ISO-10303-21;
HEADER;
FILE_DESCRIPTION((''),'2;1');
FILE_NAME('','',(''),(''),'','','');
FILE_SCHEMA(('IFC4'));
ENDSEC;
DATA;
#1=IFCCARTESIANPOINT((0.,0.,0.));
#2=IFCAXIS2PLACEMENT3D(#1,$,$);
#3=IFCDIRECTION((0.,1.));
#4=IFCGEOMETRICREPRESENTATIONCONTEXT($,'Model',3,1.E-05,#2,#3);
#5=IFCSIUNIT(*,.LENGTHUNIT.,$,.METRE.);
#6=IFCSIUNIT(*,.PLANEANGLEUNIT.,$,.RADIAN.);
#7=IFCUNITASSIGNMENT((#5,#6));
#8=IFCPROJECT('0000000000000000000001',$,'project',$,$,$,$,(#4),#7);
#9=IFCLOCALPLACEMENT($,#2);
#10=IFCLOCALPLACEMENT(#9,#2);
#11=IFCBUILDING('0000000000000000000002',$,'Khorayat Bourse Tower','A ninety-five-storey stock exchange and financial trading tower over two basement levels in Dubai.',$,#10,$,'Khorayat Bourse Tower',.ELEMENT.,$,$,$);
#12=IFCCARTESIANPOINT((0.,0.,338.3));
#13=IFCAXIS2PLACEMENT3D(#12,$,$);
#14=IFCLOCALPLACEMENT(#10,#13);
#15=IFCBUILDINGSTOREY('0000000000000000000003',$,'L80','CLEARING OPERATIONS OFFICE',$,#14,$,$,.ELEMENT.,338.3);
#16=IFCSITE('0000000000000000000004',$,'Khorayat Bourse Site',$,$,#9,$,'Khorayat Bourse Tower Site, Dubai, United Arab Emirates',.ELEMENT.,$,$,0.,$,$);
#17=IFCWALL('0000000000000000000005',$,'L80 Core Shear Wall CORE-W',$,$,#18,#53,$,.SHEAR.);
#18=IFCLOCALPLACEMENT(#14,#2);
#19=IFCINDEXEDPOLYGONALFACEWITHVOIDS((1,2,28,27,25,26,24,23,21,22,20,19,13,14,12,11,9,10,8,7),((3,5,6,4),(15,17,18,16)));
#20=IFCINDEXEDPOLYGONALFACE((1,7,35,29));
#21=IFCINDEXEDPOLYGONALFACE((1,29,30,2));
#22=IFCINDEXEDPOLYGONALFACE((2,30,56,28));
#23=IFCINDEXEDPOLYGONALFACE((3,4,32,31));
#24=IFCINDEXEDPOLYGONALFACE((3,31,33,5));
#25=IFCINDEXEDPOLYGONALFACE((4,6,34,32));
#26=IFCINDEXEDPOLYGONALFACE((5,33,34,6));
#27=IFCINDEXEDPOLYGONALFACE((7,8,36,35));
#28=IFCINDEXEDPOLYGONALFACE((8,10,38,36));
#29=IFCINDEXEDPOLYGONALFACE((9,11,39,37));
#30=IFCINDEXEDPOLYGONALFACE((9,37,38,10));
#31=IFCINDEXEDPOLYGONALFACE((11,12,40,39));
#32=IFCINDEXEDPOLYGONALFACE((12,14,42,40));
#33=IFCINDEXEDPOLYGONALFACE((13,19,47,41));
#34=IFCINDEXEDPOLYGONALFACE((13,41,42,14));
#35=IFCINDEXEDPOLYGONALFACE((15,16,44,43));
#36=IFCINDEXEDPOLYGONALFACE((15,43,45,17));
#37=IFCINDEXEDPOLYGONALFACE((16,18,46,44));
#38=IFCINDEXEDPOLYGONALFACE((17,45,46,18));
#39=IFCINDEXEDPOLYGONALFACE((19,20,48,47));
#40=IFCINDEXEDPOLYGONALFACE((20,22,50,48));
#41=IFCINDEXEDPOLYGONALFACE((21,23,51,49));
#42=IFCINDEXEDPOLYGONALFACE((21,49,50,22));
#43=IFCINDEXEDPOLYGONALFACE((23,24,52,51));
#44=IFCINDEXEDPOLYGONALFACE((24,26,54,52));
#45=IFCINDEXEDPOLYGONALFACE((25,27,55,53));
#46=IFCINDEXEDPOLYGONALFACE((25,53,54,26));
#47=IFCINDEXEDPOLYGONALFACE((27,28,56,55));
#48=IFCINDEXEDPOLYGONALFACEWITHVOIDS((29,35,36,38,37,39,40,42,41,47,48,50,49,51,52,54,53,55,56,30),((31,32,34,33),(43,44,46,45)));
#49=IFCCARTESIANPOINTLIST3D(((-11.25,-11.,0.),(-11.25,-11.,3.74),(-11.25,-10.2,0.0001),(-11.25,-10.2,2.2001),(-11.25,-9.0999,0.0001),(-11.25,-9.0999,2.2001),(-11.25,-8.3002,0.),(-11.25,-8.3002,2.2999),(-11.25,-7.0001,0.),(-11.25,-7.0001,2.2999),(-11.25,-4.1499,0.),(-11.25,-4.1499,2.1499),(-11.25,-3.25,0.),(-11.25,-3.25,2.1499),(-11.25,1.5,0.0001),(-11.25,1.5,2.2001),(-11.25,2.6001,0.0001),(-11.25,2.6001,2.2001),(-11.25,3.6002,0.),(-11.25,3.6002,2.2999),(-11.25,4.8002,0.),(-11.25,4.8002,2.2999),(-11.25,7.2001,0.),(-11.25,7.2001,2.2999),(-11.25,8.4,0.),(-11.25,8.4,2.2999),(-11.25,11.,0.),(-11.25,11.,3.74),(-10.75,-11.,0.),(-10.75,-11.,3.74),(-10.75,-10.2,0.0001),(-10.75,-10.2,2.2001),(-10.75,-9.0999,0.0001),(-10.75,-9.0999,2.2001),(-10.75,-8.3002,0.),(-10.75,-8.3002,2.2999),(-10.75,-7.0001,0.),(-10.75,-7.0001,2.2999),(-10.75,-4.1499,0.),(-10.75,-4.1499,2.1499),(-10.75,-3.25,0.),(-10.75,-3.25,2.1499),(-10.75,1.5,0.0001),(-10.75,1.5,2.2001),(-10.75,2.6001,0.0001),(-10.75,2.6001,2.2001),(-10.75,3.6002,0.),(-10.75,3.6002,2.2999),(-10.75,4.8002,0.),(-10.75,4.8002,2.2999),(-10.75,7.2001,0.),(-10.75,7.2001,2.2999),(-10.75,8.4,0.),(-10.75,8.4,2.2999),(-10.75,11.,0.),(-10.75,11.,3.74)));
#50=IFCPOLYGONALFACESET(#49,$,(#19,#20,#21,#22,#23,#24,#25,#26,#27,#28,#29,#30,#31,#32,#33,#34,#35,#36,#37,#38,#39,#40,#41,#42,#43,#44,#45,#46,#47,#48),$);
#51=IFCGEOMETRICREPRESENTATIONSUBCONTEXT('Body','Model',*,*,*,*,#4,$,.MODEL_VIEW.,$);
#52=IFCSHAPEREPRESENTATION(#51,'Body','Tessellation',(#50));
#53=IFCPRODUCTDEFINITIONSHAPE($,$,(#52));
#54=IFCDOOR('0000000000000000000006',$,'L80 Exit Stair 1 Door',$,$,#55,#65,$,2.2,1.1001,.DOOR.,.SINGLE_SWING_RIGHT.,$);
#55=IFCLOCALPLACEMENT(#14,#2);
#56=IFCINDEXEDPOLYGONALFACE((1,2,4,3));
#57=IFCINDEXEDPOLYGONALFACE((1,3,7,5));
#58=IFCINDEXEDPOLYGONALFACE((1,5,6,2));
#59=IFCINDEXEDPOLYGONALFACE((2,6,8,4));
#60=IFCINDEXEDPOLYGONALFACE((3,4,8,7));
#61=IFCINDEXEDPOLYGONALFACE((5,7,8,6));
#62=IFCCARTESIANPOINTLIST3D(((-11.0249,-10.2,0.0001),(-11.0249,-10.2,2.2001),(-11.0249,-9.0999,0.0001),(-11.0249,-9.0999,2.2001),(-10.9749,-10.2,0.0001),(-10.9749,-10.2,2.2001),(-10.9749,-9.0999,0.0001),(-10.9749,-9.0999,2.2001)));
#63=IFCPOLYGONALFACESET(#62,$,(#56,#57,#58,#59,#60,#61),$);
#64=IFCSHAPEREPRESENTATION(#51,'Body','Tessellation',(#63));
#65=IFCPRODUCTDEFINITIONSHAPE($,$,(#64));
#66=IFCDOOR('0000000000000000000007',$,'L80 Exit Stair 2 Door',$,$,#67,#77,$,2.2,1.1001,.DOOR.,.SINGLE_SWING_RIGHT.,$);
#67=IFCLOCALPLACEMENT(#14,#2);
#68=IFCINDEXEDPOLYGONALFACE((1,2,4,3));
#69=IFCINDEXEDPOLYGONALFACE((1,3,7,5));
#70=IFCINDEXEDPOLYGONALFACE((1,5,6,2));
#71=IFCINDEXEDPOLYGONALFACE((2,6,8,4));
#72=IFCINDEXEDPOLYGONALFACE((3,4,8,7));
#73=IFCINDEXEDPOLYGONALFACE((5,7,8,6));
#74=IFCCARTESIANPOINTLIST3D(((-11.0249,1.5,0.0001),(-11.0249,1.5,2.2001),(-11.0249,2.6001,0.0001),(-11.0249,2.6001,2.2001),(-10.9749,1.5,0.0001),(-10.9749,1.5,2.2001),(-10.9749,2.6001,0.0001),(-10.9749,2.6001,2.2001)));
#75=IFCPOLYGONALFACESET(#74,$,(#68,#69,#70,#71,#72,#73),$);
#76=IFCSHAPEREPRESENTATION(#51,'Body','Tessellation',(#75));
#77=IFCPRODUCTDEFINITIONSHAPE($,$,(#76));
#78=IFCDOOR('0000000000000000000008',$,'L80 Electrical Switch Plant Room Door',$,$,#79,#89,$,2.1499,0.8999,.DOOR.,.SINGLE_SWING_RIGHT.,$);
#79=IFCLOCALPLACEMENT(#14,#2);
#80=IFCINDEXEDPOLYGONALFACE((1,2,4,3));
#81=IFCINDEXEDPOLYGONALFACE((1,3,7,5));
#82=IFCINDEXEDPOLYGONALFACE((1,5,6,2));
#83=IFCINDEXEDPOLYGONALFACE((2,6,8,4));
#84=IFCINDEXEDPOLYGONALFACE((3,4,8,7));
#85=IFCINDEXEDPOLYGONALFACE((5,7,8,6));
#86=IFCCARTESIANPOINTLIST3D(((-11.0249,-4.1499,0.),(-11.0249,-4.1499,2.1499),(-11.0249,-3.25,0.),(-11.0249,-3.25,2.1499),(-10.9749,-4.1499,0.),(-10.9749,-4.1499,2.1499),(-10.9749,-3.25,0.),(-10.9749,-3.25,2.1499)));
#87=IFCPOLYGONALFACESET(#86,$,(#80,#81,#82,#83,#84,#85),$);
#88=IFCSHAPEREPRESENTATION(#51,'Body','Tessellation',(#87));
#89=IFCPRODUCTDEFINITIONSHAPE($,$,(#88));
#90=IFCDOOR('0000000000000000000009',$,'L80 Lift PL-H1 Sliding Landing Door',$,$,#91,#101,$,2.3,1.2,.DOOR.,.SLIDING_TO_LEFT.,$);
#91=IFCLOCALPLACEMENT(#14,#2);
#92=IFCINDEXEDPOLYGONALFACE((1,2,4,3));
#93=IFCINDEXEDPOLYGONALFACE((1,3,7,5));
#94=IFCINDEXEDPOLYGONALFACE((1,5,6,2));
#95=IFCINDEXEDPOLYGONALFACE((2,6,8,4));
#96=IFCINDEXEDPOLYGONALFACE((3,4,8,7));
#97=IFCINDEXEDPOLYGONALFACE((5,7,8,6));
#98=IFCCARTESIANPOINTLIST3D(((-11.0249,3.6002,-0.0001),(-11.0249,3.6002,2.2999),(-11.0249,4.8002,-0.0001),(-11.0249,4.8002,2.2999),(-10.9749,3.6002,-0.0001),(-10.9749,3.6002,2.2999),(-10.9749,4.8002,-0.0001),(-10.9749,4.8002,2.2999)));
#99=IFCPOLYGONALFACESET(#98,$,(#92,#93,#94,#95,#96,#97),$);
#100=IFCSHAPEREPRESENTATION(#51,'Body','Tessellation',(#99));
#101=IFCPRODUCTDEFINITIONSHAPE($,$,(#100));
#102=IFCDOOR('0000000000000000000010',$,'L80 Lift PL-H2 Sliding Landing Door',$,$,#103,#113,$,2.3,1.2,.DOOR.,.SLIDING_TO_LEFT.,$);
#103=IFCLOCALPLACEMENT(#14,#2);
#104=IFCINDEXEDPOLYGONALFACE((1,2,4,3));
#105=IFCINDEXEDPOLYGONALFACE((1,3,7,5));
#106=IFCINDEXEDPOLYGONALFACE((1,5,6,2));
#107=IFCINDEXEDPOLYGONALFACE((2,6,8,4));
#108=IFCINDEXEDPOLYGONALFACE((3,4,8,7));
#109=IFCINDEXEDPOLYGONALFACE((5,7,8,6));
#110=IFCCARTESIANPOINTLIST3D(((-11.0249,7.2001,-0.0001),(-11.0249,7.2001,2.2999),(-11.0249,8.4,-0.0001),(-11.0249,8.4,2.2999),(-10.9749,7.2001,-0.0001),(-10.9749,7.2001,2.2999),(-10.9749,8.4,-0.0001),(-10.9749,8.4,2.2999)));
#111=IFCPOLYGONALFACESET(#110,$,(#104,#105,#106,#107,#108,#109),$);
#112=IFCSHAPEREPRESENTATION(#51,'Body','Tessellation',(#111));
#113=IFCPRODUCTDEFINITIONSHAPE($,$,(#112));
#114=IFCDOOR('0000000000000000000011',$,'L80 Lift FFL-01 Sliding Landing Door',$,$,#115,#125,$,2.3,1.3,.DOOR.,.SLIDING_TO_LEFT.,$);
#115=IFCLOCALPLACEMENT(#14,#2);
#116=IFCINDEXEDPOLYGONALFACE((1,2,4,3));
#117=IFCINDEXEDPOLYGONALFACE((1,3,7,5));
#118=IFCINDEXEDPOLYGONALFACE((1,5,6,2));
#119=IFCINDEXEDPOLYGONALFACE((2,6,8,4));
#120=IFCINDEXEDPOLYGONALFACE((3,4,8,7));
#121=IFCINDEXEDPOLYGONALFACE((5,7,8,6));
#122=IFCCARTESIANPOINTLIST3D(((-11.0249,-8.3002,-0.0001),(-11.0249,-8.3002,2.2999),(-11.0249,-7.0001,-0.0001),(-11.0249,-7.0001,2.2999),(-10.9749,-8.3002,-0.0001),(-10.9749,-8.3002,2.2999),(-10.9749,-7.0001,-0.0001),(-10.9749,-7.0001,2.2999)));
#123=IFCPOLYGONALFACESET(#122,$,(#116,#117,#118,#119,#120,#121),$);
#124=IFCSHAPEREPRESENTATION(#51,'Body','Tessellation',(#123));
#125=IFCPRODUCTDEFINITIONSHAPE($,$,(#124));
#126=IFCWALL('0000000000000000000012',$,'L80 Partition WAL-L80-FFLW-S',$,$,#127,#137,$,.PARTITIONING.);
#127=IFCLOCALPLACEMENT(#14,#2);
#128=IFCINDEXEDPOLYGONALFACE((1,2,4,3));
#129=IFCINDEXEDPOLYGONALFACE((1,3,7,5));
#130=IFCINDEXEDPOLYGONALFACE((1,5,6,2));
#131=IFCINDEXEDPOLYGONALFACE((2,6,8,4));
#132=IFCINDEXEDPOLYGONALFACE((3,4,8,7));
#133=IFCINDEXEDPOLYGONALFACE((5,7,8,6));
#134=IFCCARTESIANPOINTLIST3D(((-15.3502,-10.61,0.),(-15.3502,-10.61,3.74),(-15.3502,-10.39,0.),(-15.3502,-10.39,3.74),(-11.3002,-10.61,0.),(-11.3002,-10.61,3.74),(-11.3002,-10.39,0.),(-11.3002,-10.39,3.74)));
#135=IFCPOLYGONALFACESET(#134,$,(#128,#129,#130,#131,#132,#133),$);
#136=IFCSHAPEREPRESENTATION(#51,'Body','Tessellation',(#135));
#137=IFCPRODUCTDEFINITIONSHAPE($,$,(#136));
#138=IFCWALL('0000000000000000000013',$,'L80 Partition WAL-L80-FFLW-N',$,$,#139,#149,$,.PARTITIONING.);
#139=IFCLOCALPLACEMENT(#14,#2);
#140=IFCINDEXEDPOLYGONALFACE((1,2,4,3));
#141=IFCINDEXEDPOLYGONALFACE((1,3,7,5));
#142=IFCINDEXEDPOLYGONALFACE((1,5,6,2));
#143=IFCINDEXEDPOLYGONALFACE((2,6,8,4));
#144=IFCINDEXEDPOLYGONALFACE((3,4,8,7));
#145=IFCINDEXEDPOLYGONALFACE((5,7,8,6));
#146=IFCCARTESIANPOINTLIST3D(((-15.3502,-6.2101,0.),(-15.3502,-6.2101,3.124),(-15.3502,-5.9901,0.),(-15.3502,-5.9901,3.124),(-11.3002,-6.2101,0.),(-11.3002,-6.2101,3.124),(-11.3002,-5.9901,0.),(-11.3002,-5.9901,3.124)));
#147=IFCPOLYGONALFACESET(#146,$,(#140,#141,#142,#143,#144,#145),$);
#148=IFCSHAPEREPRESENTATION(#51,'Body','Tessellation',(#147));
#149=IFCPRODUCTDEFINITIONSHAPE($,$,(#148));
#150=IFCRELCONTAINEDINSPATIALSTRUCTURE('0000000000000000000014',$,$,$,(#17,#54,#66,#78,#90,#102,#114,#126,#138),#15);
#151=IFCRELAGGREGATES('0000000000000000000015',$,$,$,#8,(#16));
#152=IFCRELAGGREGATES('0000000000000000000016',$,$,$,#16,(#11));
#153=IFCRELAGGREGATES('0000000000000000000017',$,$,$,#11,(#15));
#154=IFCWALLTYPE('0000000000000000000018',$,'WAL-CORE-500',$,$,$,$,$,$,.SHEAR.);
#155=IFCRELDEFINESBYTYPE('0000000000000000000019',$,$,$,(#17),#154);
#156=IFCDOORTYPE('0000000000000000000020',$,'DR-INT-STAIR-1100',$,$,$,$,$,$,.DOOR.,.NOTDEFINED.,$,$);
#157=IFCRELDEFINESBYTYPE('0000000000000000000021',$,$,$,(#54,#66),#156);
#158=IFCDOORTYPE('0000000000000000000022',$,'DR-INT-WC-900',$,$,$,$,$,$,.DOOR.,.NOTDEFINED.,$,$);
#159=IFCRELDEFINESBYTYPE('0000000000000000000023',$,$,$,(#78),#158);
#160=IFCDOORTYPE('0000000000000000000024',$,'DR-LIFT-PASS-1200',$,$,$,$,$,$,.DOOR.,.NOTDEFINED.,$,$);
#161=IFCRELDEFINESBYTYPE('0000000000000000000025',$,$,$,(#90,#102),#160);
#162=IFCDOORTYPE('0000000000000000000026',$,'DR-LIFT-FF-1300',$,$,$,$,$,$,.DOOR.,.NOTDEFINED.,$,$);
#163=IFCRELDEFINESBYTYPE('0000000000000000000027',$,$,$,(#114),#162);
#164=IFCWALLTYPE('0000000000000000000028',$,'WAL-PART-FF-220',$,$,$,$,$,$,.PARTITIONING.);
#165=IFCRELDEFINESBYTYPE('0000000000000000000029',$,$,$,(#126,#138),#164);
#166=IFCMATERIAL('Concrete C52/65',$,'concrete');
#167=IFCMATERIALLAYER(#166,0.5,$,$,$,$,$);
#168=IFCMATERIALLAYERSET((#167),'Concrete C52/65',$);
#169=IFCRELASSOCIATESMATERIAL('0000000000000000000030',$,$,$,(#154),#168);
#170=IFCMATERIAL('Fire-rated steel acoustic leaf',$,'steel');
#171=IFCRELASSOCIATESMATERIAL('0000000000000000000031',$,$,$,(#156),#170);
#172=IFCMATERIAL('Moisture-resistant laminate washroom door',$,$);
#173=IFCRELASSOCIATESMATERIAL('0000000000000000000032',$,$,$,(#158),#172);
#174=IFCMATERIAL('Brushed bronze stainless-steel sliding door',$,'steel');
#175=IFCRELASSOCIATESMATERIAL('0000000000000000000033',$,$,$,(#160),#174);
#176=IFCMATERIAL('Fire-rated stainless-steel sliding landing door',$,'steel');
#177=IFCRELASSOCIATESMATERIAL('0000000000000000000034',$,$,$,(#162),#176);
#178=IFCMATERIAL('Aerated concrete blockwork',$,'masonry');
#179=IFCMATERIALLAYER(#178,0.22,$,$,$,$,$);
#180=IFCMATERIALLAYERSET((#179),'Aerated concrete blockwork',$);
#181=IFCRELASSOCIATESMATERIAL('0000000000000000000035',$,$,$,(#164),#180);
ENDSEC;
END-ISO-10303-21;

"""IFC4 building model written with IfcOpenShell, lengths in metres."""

from ifc_helpers import new_model, si_unit, direction, frame, frame_2d, origin, place, context, subcontext, project, spatial, rectangle, extrude, source, transform, mapped, material, layer, layer_set, type_object, element, fill, save


model = new_model("IFC4")

# Units and contexts
model_context = context("Model", 3, precision=1e-05, world=origin(), true_north=direction((0.0, 1.0)))
body_context = subcontext(model_context, "Body", "Model", "MODEL_VIEW")
ifc_project = project(units=[si_unit("LENGTHUNIT", "METRE"), si_unit("PLANEANGLEUNIT", "RADIAN")], contexts=[model_context])

# Site, building, storey
site_placement = place(None, origin())
site = spatial("IfcSite", under=ifc_project, at=site_placement, Name="Khorayat Bourse Site", LongName="Khorayat Bourse Tower Site, Dubai, United Arab Emirates", CompositionType="ELEMENT", RefElevation=0.0)
building_placement = place(site_placement, origin())
building = spatial("IfcBuilding", under=site, at=building_placement, Name="Khorayat Bourse Tower", Description="A ninety-five-storey stock exchange and financial trading tower over two basement levels in Dubai.", LongName="Khorayat Bourse Tower", CompositionType="ELEMENT")
storey_placement = place(building_placement, frame((0.0, 0.0, 338.3)))
storey = spatial("IfcBuildingStorey", under=building, at=storey_placement, Name="L80", Description="CLEARING OPERATIONS OFFICE", CompositionType="ELEMENT", Elevation=338.3)

# Shared definitions
ifc_material_1 = material(Name="Concrete C52/65", Category="concrete")

# Wall, openings, doors
ifc_layer_1 = layer(ifc_material_1, 0.5)
ifc_layer_set_1 = layer_set([ifc_layer_1], Name="Concrete C52/65")
wall_type_1 = type_object("IfcWallType", Name="WAL-CORE-500", PredefinedType="SHEAR", material=ifc_layer_set_1)
shared_shape_1 = source(origin(), body_context, "Body", "SweptSolid", [
    extrude(rectangle(XDim=22.0, YDim=0.5, at=frame_2d((11.0, 0.0))), origin(), (0.0, 0.0, 1.0), 3.74),
])
wall_1_placement = place(storey_placement, frame((-11.0, -11.0, 0.0), z_axis=(0.0, 0.0, 1.0), x_axis=(0.0, 1.0, 0.0)))
wall_1 = element("IfcWall", 1, at=wall_1_placement, inside=storey, type_object=wall_type_1, Name="L80 Core Shear Wall CORE-W", PredefinedType="SHEAR", context=body_context, shape_type="MappedRepresentation", body=[
    mapped(shared_shape_1, transform((0.0, 0.0, 0.0), scale=1.0)),
])
shared_shape_2 = source(origin(), body_context, "Body", "SweptSolid", [
    extrude(rectangle(XDim=1.1001, YDim=2.2, at=frame_2d((0.55, 1.1001))), frame((0.0, 0.26, 0.0), z_axis=(0.0, -1.0, 0.0), x_axis=(1.0, 0.0, 0.0)), (0.0, 0.0, 1.0), 0.52),
])
opening_1_placement = place(wall_1_placement, frame((0.8, 0.0, 0.0)))
opening_1 = element("IfcOpeningElement", 2, at=opening_1_placement, cuts=wall_1, PredefinedType="OPENING", context=body_context, shape_type="MappedRepresentation", body=[
    mapped(shared_shape_2, transform((0.0, 0.0, 0.0), scale=1.0)),
])
opening_2_placement = place(wall_1_placement, frame((12.5, 0.0, 0.0)))
opening_2 = element("IfcOpeningElement", 3, at=opening_2_placement, cuts=wall_1, PredefinedType="OPENING", context=body_context, shape_type="MappedRepresentation", body=[
    mapped(shared_shape_2, transform((0.0, 0.0, 0.0), scale=1.0)),
])
shared_shape_3 = source(origin(), body_context, "Body", "SweptSolid", [
    extrude(rectangle(XDim=0.8999, YDim=2.1499, at=frame_2d((0.45, 1.075))), frame((0.0, 0.26, 0.0), z_axis=(0.0, -1.0, 0.0), x_axis=(1.0, 0.0, 0.0)), (0.0, 0.0, 1.0), 0.52),
])
opening_3_placement = place(wall_1_placement, frame((6.8501, 0.0, 0.0)))
opening_3 = element("IfcOpeningElement", 4, at=opening_3_placement, cuts=wall_1, PredefinedType="OPENING", context=body_context, shape_type="MappedRepresentation", body=[
    mapped(shared_shape_3, transform((0.0, 0.0, 0.0), scale=1.0)),
])
shared_shape_4 = source(origin(), body_context, "Body", "SweptSolid", [
    extrude(rectangle(XDim=1.2, YDim=2.3, at=frame_2d((0.6001, 1.1499))), frame((0.0, 0.26, 0.0), z_axis=(0.0, -1.0, 0.0), x_axis=(1.0, 0.0, 0.0)), (0.0, 0.0, 1.0), 0.52),
])
opening_4_placement = place(wall_1_placement, frame((14.6001, 0.0, 0.0)))
opening_4 = element("IfcOpeningElement", 5, at=opening_4_placement, cuts=wall_1, PredefinedType="OPENING", context=body_context, shape_type="MappedRepresentation", body=[
    mapped(shared_shape_4, transform((0.0, 0.0, 0.0), scale=1.0)),
])
opening_5_placement = place(wall_1_placement, frame((18.2, 0.0, 0.0)))
opening_5 = element("IfcOpeningElement", 6, at=opening_5_placement, cuts=wall_1, PredefinedType="OPENING", context=body_context, shape_type="MappedRepresentation", body=[
    mapped(shared_shape_4, transform((0.0, 0.0, 0.0), scale=1.0)),
])
shared_shape_5 = source(origin(), body_context, "Body", "SweptSolid", [
    extrude(rectangle(XDim=1.3, YDim=2.3, at=frame_2d((0.6499, 1.1499))), frame((0.0, 0.26, 0.0), z_axis=(0.0, -1.0, 0.0), x_axis=(1.0, 0.0, 0.0)), (0.0, 0.0, 1.0), 0.52),
])
opening_6_placement = place(wall_1_placement, frame((2.7, 0.0, 0.0)))
opening_6 = element("IfcOpeningElement", 7, at=opening_6_placement, cuts=wall_1, PredefinedType="OPENING", context=body_context, shape_type="MappedRepresentation", body=[
    mapped(shared_shape_5, transform((0.0, 0.0, 0.0), scale=1.0)),
])
ifc_material_2 = material(Name="Fire-rated steel acoustic leaf", Category="steel")
door_type_1 = type_object("IfcDoorType", Name="DR-INT-STAIR-1100", OperationType="NOTDEFINED", PredefinedType="DOOR", material=ifc_material_2)
shared_shape_6 = source(origin(), body_context, "Body", "SweptSolid", [
    extrude(rectangle(XDim=1.1001, YDim=2.2, at=frame_2d((0.55, 1.1001))), frame((0.0, 0.0249, 0.0), z_axis=(0.0, -1.0, 0.0), x_axis=(1.0, 0.0, 0.0)), (0.0, 0.0, 1.0), 0.05),
])
door_1_placement = place(opening_1_placement, origin())
door_1 = element("IfcDoor", 8, at=door_1_placement, inside=storey, type_object=door_type_1, Name="L80 Exit Stair 1 Door", OperationType="SINGLE_SWING_RIGHT", OverallHeight=2.2, OverallWidth=1.1001, PredefinedType="DOOR", context=body_context, shape_type="MappedRepresentation", body=[
    mapped(shared_shape_6, transform((0.0, 0.0, 0.0), scale=1.0)),
])
fill(opening_1, door_1)
door_2_placement = place(opening_2_placement, origin())
door_2 = element("IfcDoor", 9, at=door_2_placement, inside=storey, type_object=door_type_1, Name="L80 Exit Stair 2 Door", OperationType="SINGLE_SWING_RIGHT", OverallHeight=2.2, OverallWidth=1.1001, PredefinedType="DOOR", context=body_context, shape_type="MappedRepresentation", body=[
    mapped(shared_shape_6, transform((0.0, 0.0, 0.0), scale=1.0)),
])
fill(opening_2, door_2)
ifc_material_3 = material(Name="Moisture-resistant laminate washroom door")
door_type_2 = type_object("IfcDoorType", Name="DR-INT-WC-900", OperationType="NOTDEFINED", PredefinedType="DOOR", material=ifc_material_3)
shared_shape_7 = source(origin(), body_context, "Body", "SweptSolid", [
    extrude(rectangle(XDim=0.8999, YDim=2.1499, at=frame_2d((0.45, 1.075))), frame((0.0, 0.0249, 0.0), z_axis=(0.0, -1.0, 0.0), x_axis=(1.0, 0.0, 0.0)), (0.0, 0.0, 1.0), 0.05),
])
door_3_placement = place(opening_3_placement, origin())
door_3 = element("IfcDoor", 10, at=door_3_placement, inside=storey, type_object=door_type_2, Name="L80 Electrical Switch Plant Room Door", OperationType="SINGLE_SWING_RIGHT", OverallHeight=2.1499, OverallWidth=0.8999, PredefinedType="DOOR", context=body_context, shape_type="MappedRepresentation", body=[
    mapped(shared_shape_7, transform((0.0, 0.0, 0.0), scale=1.0)),
])
fill(opening_3, door_3)
ifc_material_4 = material(Name="Brushed bronze stainless-steel sliding door", Category="steel")
door_type_3 = type_object("IfcDoorType", Name="DR-LIFT-PASS-1200", OperationType="NOTDEFINED", PredefinedType="DOOR", material=ifc_material_4)
shared_shape_8 = source(origin(), body_context, "Body", "SweptSolid", [
    extrude(rectangle(XDim=1.2, YDim=2.3, at=frame_2d((0.6001, 1.1499))), frame((0.0, 0.0249, 0.0), z_axis=(0.0, -1.0, 0.0), x_axis=(1.0, 0.0, 0.0)), (0.0, 0.0, 1.0), 0.05),
])
door_4_placement = place(opening_4_placement, origin())
door_4 = element("IfcDoor", 11, at=door_4_placement, inside=storey, type_object=door_type_3, Name="L80 Lift PL-H1 Sliding Landing Door", OperationType="SLIDING_TO_LEFT", OverallHeight=2.3, OverallWidth=1.2, PredefinedType="DOOR", context=body_context, shape_type="MappedRepresentation", body=[
    mapped(shared_shape_8, transform((0.0, 0.0, 0.0), scale=1.0)),
])
fill(opening_4, door_4)
door_5_placement = place(opening_5_placement, origin())
door_5 = element("IfcDoor", 12, at=door_5_placement, inside=storey, type_object=door_type_3, Name="L80 Lift PL-H2 Sliding Landing Door", OperationType="SLIDING_TO_LEFT", OverallHeight=2.3, OverallWidth=1.2, PredefinedType="DOOR", context=body_context, shape_type="MappedRepresentation", body=[
    mapped(shared_shape_8, transform((0.0, 0.0, 0.0), scale=1.0)),
])
fill(opening_5, door_5)
ifc_material_5 = material(Name="Fire-rated stainless-steel sliding landing door", Category="steel")
door_type_4 = type_object("IfcDoorType", Name="DR-LIFT-FF-1300", OperationType="NOTDEFINED", PredefinedType="DOOR", material=ifc_material_5)
shared_shape_9 = source(origin(), body_context, "Body", "SweptSolid", [
    extrude(rectangle(XDim=1.3, YDim=2.3, at=frame_2d((0.6499, 1.1499))), frame((0.0, 0.0249, 0.0), z_axis=(0.0, -1.0, 0.0), x_axis=(1.0, 0.0, 0.0)), (0.0, 0.0, 1.0), 0.05),
])
door_6_placement = place(opening_6_placement, origin())
door_6 = element("IfcDoor", 13, at=door_6_placement, inside=storey, type_object=door_type_4, Name="L80 Lift FFL-01 Sliding Landing Door", OperationType="SLIDING_TO_LEFT", OverallHeight=2.3, OverallWidth=1.3, PredefinedType="DOOR", context=body_context, shape_type="MappedRepresentation", body=[
    mapped(shared_shape_9, transform((0.0, 0.0, 0.0), scale=1.0)),
])
fill(opening_6, door_6)

# Walls
ifc_material_6 = material(Name="Aerated concrete blockwork", Category="masonry")
ifc_layer_2 = layer(ifc_material_6, 0.22)
ifc_layer_set_2 = layer_set([ifc_layer_2], Name="Aerated concrete blockwork")
wall_type_2 = type_object("IfcWallType", Name="WAL-PART-FF-220", PredefinedType="PARTITIONING", material=ifc_layer_set_2)
shared_shape_10 = source(origin(), body_context, "Body", "SweptSolid", [
    extrude(rectangle(XDim=4.05, YDim=0.22, at=frame_2d((2.0249, 0.0))), origin(), (0.0, 0.0, 1.0), 3.74),
])
wall_2_placement = place(storey_placement, frame((-15.3501, -10.5, 0.0), z_axis=(0.0, 0.0, 1.0), x_axis=(1.0, 0.0, 0.0)))
element("IfcWall", 14, at=wall_2_placement, inside=storey, type_object=wall_type_2, Name="L80 Partition WAL-L80-FFLW-S", PredefinedType="PARTITIONING", context=body_context, shape_type="MappedRepresentation", body=[
    mapped(shared_shape_10, transform((0.0, 0.0, 0.0), scale=1.0)),
])
shared_shape_11 = source(origin(), body_context, "Body", "SweptSolid", [
    extrude(rectangle(XDim=4.05, YDim=0.22, at=frame_2d((2.0249, 0.0))), origin(), (0.0, 0.0, 1.0), 3.124),
])
wall_3_placement = place(storey_placement, frame((-15.3501, -6.1001, 0.0), z_axis=(0.0, 0.0, 1.0), x_axis=(1.0, 0.0, 0.0)))
element("IfcWall", 15, at=wall_3_placement, inside=storey, type_object=wall_type_2, Name="L80 Partition WAL-L80-FFLW-N", PredefinedType="PARTITIONING", context=body_context, shape_type="MappedRepresentation", body=[
    mapped(shared_shape_11, transform((0.0, 0.0, 0.0), scale=1.0)),
])

save(model, "model.ifc")
